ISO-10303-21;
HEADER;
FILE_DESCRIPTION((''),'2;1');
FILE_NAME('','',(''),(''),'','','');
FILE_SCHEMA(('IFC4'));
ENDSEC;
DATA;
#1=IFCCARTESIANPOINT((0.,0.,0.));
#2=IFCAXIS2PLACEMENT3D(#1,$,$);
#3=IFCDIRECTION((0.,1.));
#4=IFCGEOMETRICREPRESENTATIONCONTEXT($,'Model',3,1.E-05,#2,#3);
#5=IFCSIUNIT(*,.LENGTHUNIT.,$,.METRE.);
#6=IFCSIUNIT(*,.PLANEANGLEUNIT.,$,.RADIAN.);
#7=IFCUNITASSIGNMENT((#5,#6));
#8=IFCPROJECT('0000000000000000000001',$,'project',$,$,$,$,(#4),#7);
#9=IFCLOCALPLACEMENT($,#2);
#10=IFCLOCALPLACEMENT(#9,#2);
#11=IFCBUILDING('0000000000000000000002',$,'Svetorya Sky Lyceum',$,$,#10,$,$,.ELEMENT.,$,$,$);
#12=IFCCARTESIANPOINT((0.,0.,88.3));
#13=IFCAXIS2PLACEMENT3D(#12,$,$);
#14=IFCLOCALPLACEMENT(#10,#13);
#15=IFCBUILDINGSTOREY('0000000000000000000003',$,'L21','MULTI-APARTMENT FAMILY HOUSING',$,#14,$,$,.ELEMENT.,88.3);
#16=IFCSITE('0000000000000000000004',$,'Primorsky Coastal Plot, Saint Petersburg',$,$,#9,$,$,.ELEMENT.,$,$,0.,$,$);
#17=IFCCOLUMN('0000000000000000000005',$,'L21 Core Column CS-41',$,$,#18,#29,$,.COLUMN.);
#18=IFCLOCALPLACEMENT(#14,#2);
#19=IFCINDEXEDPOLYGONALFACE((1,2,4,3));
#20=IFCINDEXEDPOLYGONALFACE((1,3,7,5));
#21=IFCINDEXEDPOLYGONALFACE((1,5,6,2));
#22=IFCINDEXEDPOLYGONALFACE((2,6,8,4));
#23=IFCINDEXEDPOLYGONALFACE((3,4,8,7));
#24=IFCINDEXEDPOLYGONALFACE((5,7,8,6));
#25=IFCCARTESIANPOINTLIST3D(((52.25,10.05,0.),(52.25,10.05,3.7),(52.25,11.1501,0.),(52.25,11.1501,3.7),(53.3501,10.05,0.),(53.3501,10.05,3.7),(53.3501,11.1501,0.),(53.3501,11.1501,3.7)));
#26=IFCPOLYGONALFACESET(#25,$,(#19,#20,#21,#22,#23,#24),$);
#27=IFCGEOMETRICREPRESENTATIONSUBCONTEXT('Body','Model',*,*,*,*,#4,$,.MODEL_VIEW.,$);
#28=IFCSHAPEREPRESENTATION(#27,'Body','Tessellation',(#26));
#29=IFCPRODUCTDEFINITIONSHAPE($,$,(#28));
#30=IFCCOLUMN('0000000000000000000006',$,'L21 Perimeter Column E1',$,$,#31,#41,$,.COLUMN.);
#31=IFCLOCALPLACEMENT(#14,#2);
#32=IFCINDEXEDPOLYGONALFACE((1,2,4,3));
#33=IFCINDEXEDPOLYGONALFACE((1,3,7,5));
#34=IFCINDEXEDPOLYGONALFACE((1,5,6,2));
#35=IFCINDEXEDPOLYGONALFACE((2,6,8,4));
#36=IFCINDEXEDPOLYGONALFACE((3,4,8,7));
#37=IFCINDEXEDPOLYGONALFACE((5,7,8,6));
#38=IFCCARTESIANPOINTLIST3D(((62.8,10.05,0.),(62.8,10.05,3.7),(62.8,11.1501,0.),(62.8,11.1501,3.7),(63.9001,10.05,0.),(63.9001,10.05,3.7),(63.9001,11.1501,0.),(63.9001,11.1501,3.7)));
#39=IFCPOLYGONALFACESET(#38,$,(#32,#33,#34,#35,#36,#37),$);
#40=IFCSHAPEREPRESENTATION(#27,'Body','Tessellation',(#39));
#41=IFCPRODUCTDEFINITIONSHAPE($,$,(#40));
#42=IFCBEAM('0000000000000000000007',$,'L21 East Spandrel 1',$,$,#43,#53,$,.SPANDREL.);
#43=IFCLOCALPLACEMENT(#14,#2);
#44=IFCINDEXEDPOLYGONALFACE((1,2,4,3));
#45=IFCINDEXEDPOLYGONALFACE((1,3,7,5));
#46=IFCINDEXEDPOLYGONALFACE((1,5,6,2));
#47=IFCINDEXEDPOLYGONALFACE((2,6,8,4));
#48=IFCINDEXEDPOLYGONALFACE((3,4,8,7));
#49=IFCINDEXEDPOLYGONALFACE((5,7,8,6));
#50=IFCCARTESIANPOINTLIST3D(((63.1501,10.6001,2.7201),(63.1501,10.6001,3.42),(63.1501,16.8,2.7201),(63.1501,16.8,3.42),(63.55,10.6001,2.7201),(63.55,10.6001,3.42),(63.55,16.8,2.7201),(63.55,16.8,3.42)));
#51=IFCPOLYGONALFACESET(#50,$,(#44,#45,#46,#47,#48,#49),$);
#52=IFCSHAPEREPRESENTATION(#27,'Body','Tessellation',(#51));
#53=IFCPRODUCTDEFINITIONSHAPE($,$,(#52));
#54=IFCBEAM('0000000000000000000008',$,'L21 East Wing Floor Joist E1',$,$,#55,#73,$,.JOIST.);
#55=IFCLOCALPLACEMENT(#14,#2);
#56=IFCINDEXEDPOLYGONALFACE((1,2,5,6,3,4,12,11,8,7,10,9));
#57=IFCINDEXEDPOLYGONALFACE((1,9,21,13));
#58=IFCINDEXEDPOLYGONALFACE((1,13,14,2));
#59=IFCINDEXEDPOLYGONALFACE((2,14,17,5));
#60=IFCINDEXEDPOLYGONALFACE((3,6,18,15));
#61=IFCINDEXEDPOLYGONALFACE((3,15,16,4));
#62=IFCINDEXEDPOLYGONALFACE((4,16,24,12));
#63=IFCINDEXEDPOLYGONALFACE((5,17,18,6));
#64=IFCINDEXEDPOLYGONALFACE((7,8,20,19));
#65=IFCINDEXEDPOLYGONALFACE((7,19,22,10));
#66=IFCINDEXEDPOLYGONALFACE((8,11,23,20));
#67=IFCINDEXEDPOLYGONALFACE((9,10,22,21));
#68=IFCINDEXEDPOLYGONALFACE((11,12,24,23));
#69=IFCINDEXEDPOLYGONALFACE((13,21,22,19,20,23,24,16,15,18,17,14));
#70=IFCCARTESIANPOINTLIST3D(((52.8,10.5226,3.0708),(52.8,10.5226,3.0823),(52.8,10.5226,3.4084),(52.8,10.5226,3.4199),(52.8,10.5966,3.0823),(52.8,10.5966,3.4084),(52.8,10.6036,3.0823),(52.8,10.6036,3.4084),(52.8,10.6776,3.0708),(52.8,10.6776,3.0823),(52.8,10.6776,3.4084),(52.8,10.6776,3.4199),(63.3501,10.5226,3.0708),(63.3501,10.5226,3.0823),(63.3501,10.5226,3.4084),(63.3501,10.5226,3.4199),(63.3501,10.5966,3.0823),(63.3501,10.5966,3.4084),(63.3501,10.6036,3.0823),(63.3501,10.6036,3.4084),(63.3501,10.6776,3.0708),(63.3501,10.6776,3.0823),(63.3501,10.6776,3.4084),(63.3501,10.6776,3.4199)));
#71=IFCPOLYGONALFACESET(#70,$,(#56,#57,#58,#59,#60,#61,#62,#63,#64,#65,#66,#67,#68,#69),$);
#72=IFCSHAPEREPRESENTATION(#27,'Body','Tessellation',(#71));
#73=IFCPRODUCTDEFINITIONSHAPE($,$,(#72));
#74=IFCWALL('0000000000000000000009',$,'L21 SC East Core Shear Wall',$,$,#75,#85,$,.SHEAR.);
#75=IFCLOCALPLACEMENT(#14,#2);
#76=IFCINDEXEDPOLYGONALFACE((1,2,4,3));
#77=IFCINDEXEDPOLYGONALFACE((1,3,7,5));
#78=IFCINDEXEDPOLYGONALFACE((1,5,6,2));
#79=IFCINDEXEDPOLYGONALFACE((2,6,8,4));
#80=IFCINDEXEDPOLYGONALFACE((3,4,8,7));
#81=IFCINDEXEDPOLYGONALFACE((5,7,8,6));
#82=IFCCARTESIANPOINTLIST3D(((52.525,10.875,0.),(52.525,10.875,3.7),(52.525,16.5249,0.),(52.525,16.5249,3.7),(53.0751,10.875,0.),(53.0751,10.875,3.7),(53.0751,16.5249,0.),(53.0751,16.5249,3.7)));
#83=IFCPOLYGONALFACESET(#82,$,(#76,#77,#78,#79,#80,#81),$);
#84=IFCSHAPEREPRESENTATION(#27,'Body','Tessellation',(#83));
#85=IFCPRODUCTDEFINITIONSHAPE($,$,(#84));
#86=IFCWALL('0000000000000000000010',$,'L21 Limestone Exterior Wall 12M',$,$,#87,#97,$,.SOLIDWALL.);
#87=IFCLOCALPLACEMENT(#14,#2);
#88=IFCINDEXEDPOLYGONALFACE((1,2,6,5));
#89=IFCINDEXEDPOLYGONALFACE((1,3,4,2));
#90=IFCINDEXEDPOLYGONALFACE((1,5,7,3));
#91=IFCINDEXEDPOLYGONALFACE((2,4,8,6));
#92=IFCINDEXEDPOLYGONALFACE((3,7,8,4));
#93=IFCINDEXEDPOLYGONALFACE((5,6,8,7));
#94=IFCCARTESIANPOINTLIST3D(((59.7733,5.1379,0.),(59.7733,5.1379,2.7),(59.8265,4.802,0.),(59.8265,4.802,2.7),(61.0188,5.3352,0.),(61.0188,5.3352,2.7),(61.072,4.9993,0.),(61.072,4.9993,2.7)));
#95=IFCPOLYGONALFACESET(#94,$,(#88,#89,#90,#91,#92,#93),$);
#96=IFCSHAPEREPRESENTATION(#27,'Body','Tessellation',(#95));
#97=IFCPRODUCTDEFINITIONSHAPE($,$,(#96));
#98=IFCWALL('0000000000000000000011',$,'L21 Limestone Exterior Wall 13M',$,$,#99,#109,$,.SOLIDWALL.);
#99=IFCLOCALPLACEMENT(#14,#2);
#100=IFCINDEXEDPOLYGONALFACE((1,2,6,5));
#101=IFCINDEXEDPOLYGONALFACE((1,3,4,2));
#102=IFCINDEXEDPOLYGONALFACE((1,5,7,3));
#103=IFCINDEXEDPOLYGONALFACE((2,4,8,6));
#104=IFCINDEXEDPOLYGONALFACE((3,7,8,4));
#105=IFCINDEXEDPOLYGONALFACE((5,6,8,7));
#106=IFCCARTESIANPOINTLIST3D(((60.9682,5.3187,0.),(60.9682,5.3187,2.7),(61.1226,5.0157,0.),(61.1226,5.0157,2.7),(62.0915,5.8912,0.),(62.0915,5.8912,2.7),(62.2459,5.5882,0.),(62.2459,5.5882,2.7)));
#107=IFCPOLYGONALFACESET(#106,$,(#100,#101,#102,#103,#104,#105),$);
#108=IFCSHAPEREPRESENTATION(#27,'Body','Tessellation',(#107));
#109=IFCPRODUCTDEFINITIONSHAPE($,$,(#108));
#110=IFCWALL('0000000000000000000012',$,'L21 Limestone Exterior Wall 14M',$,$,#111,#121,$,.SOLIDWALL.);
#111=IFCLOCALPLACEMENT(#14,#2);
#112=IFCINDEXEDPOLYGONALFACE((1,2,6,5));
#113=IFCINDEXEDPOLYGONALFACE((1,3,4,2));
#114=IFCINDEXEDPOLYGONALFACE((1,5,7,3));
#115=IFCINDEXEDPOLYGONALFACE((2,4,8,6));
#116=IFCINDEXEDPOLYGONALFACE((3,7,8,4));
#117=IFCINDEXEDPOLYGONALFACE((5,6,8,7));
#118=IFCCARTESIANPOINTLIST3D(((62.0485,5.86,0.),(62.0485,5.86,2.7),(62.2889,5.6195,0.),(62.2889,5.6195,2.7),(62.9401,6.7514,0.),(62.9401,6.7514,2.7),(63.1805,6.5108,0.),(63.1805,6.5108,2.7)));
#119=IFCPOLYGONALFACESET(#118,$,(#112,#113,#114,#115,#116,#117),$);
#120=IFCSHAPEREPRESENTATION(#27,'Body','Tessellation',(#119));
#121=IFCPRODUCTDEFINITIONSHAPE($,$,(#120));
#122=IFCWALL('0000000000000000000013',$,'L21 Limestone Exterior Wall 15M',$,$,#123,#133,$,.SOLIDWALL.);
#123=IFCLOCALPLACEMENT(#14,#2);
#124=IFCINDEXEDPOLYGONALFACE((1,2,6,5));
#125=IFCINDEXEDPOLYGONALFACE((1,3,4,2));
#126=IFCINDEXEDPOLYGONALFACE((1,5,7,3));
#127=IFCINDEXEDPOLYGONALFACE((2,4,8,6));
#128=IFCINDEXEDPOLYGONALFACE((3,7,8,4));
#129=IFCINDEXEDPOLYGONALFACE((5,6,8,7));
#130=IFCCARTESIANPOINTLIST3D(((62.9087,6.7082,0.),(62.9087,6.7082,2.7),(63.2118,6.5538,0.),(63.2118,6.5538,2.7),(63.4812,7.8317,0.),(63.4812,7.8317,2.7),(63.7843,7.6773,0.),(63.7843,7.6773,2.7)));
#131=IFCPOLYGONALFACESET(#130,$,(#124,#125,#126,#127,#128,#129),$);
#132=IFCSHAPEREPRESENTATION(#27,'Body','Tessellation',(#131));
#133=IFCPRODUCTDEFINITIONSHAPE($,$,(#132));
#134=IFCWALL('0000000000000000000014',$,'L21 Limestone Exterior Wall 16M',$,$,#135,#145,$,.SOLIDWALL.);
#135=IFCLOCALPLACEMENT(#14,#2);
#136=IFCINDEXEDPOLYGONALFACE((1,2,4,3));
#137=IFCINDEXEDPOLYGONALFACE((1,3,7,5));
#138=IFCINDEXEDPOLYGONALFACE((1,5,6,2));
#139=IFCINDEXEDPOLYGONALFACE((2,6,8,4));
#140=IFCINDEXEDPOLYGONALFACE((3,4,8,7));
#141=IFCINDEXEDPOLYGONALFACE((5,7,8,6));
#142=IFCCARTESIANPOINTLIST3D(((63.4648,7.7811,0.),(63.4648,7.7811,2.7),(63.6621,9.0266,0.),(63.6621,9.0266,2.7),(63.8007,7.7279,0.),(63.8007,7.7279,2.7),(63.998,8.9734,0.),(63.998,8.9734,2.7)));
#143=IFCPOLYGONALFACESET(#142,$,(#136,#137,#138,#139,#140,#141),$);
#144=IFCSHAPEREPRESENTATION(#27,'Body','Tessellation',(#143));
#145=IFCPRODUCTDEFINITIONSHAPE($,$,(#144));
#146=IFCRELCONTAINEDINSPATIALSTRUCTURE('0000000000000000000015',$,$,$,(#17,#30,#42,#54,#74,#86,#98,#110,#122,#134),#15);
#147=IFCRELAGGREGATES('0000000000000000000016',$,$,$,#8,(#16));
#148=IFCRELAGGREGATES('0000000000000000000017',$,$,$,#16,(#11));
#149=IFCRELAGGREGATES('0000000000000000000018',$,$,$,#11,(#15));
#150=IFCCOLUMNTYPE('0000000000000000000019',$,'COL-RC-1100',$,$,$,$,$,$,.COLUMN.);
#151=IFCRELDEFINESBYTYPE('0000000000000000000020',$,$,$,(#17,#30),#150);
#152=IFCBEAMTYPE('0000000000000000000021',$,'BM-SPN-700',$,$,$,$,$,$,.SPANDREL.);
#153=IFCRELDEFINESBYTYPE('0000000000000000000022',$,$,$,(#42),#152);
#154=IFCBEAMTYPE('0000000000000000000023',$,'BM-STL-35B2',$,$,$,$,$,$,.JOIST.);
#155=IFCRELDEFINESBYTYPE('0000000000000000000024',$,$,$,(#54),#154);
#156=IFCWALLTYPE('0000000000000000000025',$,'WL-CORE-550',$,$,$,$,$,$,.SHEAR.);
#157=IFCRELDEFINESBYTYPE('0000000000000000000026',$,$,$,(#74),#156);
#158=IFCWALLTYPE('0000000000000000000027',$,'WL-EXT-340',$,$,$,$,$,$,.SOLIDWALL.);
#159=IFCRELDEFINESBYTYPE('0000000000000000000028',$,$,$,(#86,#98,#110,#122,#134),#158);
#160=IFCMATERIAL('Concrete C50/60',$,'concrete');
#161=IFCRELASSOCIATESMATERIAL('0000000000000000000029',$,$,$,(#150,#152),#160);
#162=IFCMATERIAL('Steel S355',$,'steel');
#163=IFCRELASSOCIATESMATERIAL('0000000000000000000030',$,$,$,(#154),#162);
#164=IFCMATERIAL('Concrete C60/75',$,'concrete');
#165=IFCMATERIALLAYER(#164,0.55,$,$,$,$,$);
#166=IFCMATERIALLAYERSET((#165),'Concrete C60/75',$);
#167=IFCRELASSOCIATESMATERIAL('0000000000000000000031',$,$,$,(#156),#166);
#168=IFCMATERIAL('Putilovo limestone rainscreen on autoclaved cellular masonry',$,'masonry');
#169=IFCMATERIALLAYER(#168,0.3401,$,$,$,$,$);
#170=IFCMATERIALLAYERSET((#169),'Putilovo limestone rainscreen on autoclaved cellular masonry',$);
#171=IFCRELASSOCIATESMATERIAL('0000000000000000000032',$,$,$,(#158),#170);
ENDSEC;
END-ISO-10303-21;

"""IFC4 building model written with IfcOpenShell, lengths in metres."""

from ifc_helpers import new_model, si_unit, direction, frame, frame_2d, origin, origin_2d, place, context, subcontext, project, spatial, rectangle, i_section, extrude, material, layer, layer_set, material_profile, profile_set, type_object, element, save


model = new_model("IFC4")

# Units and contexts
model_context = context("Model", 3, precision=1e-05, world=origin(), true_north=direction((0.0, 1.0)))
body_context = subcontext(model_context, "Body", "Model", "MODEL_VIEW")
ifc_project = project(units=[si_unit("LENGTHUNIT", "METRE"), si_unit("PLANEANGLEUNIT", "RADIAN")], contexts=[model_context])

# Site, building, storey
site_placement = place(None, origin())
site = spatial("IfcSite", under=ifc_project, at=site_placement, Name="Primorsky Coastal Plot, Saint Petersburg", CompositionType="ELEMENT", RefElevation=0.0)
building_placement = place(site_placement, origin())
building = spatial("IfcBuilding", under=site, at=building_placement, Name="Svetorya Sky Lyceum", CompositionType="ELEMENT")
storey_placement = place(building_placement, frame((0.0, 0.0, 88.3)))
storey = spatial("IfcBuildingStorey", under=building, at=storey_placement, Name="L21", Description="MULTI-APARTMENT FAMILY HOUSING", CompositionType="ELEMENT", Elevation=88.3)

# Columns
ifc_material_1 = material(Name="Concrete C50/60", Category="concrete")
ifc_material_profile_1 = material_profile(ifc_material_1, rectangle(XDim=1.1001, YDim=1.1001, at=origin_2d()), Name="RC COL 1100x1100")
ifc_profile_set_1 = profile_set([ifc_material_profile_1], Name="Concrete C50/60")
column_type = type_object("IfcColumnType", Name="COL-RC-1100", PredefinedType="COLUMN", material=ifc_profile_set_1)
for number, where, z_axis, x_axis, name in (
    (1, (52.8, 10.6001, 0.0), (0.0, 0.0, 1.0), (1.0, 0.0, 0.0), "L21 Core Column CS-41"),
    (2, (63.3501, 10.6001, 0.0), (0.0, 0.0, 1.0), (1.0, 0.0, 0.0), "L21 Perimeter Column E1"),
):
    element("IfcColumn", number, at=place(storey_placement, frame(where, z_axis=z_axis, x_axis=x_axis)), inside=storey, type_object=column_type, Name=name, PredefinedType="COLUMN", context=body_context, shape_type="SweptSolid", body=[
        extrude(rectangle(XDim=1.1001, YDim=1.1001, at=origin_2d()), origin(), (0.0, 0.0, 1.0), 3.7),
    ])

# Beams
ifc_material_profile_2 = material_profile(ifc_material_1, rectangle(XDim=0.3999, YDim=0.7, at=origin_2d()), Name="RC SPANDREL 400x700")
ifc_profile_set_2 = profile_set([ifc_material_profile_2], Name="Concrete C50/60")
beam_type_1 = type_object("IfcBeamType", Name="BM-SPN-700", PredefinedType="SPANDREL", material=ifc_profile_set_2)
beam_1_placement = place(storey_placement, frame((63.3501, 10.6001, 3.0701), z_axis=(0.0, 1.0, 0.0), x_axis=(-1.0, 0.0, 0.0)))
element("IfcBeam", 3, at=beam_1_placement, inside=storey, type_object=beam_type_1, Name="L21 East Spandrel 1", PredefinedType="SPANDREL", context=body_context, shape_type="SweptSolid", body=[
    extrude(rectangle(XDim=0.3999, YDim=0.7, at=origin_2d()), origin(), (0.0, 0.0, 1.0), 6.2),
])
ifc_material_2 = material(Name="Steel S355", Category="steel")
ifc_material_profile_3 = material_profile(ifc_material_2, i_section(OverallWidth=0.155, OverallDepth=0.3491, WebThickness=0.0071, FlangeThickness=0.0115, at=origin_2d()), Name="GOST 35B2")
ifc_profile_set_3 = profile_set([ifc_material_profile_3], Name="Steel S355")
beam_type_2 = type_object("IfcBeamType", Name="BM-STL-35B2", PredefinedType="JOIST", material=ifc_profile_set_3)
beam_2_placement = place(storey_placement, frame((52.8, 10.6001, 3.2454), z_axis=(1.0, 0.0, 0.0), x_axis=(0.0, 1.0, 0.0)))
element("IfcBeam", 4, at=beam_2_placement, inside=storey, type_object=beam_type_2, Name="L21 East Wing Floor Joist E1", PredefinedType="JOIST", context=body_context, shape_type="SweptSolid", body=[
    extrude(i_section(OverallWidth=0.155, OverallDepth=0.3491, WebThickness=0.0071, FlangeThickness=0.0115, at=origin_2d()), origin(), (0.0, 0.0, 1.0), 10.55),
])

# Walls
ifc_material_3 = material(Name="Concrete C60/75", Category="concrete")
ifc_layer_1 = layer(ifc_material_3, 0.55)
ifc_layer_set_1 = layer_set([ifc_layer_1], Name="Concrete C60/75")
wall_type_1 = type_object("IfcWallType", Name="WL-CORE-550", PredefinedType="SHEAR", material=ifc_layer_set_1)
wall_1_placement = place(storey_placement, frame((52.8, 10.875, 0.0), z_axis=(0.0, 0.0, 1.0), x_axis=(0.0, 1.0, 0.0)))
element("IfcWall", 5, at=wall_1_placement, inside=storey, type_object=wall_type_1, Name="L21 SC East Core Shear Wall", PredefinedType="SHEAR", context=body_context, shape_type="SweptSolid", body=[
    extrude(rectangle(XDim=5.6499, YDim=0.55, at=frame_2d((2.825, 0.0))), origin(), (0.0, 0.0, 1.0), 3.7),
])
ifc_material_4 = material(Name="Putilovo limestone rainscreen on autoclaved cellular masonry", Category="masonry")
ifc_layer_2 = layer(ifc_material_4, 0.3401)
ifc_layer_set_2 = layer_set([ifc_layer_2], Name="Putilovo limestone rainscreen on autoclaved cellular masonry")
wall_type_2 = type_object("IfcWallType", Name="WL-EXT-340", PredefinedType="SOLIDWALL", material=ifc_layer_set_2)
wall_2_placement = place(storey_placement, frame((59.8, 4.97, 0.0), z_axis=(0.0, 0.0, 1.0), x_axis=(0.987686, 0.15645, 0.0)))
element("IfcWall", 6, at=wall_2_placement, inside=storey, type_object=wall_type_2, Name="L21 Limestone Exterior Wall 12M", PredefinedType="SOLIDWALL", context=body_context, shape_type="SweptSolid", body=[
    extrude(rectangle(XDim=1.261, YDim=0.3401, at=frame_2d((0.6304, 0.0))), origin(), (0.0, 0.0, 1.0), 2.7),
])
for number, where, z_axis, x_axis, name in (
    (7, (61.0454, 5.1672, 0.0), (0.0, 0.0, 1.0), (0.890954, 0.454094, 0.0), "L21 Limestone Exterior Wall 13M"),
    (8, (62.1687, 5.7397, 0.0), (0.0, 0.0, 1.0), (0.707204, 0.70701, 0.0), "L21 Limestone Exterior Wall 14M"),
):
    element("IfcWall", number, at=place(storey_placement, frame(where, z_axis=z_axis, x_axis=x_axis)), inside=storey, type_object=wall_type_2, Name=name, PredefinedType="SOLIDWALL", context=body_context, shape_type="SweptSolid", body=[
        extrude(rectangle(XDim=1.2607, YDim=0.3401, at=frame_2d((0.6304, 0.0))), origin(), (0.0, 0.0, 1.0), 2.7),
    ])
for number, where, z_axis, x_axis, name in (
    (9, (63.0603, 6.6311, 0.0), (0.0, 0.0, 1.0), (0.454016, 0.890994, 0.0), "L21 Limestone Exterior Wall 15M"),
    (10, (63.6328, 7.7546, 0.0), (0.0, 0.0, 1.0), (0.15645, 0.987686, 0.0), "L21 Limestone Exterior Wall 16M"),
):
    element("IfcWall", number, at=place(storey_placement, frame(where, z_axis=z_axis, x_axis=x_axis)), inside=storey, type_object=wall_type_2, Name=name, PredefinedType="SOLIDWALL", context=body_context, shape_type="SweptSolid", body=[
        extrude(rectangle(XDim=1.261, YDim=0.3401, at=frame_2d((0.6304, 0.0))), origin(), (0.0, 0.0, 1.0), 2.7),
    ])

save(model, "model.ifc")
